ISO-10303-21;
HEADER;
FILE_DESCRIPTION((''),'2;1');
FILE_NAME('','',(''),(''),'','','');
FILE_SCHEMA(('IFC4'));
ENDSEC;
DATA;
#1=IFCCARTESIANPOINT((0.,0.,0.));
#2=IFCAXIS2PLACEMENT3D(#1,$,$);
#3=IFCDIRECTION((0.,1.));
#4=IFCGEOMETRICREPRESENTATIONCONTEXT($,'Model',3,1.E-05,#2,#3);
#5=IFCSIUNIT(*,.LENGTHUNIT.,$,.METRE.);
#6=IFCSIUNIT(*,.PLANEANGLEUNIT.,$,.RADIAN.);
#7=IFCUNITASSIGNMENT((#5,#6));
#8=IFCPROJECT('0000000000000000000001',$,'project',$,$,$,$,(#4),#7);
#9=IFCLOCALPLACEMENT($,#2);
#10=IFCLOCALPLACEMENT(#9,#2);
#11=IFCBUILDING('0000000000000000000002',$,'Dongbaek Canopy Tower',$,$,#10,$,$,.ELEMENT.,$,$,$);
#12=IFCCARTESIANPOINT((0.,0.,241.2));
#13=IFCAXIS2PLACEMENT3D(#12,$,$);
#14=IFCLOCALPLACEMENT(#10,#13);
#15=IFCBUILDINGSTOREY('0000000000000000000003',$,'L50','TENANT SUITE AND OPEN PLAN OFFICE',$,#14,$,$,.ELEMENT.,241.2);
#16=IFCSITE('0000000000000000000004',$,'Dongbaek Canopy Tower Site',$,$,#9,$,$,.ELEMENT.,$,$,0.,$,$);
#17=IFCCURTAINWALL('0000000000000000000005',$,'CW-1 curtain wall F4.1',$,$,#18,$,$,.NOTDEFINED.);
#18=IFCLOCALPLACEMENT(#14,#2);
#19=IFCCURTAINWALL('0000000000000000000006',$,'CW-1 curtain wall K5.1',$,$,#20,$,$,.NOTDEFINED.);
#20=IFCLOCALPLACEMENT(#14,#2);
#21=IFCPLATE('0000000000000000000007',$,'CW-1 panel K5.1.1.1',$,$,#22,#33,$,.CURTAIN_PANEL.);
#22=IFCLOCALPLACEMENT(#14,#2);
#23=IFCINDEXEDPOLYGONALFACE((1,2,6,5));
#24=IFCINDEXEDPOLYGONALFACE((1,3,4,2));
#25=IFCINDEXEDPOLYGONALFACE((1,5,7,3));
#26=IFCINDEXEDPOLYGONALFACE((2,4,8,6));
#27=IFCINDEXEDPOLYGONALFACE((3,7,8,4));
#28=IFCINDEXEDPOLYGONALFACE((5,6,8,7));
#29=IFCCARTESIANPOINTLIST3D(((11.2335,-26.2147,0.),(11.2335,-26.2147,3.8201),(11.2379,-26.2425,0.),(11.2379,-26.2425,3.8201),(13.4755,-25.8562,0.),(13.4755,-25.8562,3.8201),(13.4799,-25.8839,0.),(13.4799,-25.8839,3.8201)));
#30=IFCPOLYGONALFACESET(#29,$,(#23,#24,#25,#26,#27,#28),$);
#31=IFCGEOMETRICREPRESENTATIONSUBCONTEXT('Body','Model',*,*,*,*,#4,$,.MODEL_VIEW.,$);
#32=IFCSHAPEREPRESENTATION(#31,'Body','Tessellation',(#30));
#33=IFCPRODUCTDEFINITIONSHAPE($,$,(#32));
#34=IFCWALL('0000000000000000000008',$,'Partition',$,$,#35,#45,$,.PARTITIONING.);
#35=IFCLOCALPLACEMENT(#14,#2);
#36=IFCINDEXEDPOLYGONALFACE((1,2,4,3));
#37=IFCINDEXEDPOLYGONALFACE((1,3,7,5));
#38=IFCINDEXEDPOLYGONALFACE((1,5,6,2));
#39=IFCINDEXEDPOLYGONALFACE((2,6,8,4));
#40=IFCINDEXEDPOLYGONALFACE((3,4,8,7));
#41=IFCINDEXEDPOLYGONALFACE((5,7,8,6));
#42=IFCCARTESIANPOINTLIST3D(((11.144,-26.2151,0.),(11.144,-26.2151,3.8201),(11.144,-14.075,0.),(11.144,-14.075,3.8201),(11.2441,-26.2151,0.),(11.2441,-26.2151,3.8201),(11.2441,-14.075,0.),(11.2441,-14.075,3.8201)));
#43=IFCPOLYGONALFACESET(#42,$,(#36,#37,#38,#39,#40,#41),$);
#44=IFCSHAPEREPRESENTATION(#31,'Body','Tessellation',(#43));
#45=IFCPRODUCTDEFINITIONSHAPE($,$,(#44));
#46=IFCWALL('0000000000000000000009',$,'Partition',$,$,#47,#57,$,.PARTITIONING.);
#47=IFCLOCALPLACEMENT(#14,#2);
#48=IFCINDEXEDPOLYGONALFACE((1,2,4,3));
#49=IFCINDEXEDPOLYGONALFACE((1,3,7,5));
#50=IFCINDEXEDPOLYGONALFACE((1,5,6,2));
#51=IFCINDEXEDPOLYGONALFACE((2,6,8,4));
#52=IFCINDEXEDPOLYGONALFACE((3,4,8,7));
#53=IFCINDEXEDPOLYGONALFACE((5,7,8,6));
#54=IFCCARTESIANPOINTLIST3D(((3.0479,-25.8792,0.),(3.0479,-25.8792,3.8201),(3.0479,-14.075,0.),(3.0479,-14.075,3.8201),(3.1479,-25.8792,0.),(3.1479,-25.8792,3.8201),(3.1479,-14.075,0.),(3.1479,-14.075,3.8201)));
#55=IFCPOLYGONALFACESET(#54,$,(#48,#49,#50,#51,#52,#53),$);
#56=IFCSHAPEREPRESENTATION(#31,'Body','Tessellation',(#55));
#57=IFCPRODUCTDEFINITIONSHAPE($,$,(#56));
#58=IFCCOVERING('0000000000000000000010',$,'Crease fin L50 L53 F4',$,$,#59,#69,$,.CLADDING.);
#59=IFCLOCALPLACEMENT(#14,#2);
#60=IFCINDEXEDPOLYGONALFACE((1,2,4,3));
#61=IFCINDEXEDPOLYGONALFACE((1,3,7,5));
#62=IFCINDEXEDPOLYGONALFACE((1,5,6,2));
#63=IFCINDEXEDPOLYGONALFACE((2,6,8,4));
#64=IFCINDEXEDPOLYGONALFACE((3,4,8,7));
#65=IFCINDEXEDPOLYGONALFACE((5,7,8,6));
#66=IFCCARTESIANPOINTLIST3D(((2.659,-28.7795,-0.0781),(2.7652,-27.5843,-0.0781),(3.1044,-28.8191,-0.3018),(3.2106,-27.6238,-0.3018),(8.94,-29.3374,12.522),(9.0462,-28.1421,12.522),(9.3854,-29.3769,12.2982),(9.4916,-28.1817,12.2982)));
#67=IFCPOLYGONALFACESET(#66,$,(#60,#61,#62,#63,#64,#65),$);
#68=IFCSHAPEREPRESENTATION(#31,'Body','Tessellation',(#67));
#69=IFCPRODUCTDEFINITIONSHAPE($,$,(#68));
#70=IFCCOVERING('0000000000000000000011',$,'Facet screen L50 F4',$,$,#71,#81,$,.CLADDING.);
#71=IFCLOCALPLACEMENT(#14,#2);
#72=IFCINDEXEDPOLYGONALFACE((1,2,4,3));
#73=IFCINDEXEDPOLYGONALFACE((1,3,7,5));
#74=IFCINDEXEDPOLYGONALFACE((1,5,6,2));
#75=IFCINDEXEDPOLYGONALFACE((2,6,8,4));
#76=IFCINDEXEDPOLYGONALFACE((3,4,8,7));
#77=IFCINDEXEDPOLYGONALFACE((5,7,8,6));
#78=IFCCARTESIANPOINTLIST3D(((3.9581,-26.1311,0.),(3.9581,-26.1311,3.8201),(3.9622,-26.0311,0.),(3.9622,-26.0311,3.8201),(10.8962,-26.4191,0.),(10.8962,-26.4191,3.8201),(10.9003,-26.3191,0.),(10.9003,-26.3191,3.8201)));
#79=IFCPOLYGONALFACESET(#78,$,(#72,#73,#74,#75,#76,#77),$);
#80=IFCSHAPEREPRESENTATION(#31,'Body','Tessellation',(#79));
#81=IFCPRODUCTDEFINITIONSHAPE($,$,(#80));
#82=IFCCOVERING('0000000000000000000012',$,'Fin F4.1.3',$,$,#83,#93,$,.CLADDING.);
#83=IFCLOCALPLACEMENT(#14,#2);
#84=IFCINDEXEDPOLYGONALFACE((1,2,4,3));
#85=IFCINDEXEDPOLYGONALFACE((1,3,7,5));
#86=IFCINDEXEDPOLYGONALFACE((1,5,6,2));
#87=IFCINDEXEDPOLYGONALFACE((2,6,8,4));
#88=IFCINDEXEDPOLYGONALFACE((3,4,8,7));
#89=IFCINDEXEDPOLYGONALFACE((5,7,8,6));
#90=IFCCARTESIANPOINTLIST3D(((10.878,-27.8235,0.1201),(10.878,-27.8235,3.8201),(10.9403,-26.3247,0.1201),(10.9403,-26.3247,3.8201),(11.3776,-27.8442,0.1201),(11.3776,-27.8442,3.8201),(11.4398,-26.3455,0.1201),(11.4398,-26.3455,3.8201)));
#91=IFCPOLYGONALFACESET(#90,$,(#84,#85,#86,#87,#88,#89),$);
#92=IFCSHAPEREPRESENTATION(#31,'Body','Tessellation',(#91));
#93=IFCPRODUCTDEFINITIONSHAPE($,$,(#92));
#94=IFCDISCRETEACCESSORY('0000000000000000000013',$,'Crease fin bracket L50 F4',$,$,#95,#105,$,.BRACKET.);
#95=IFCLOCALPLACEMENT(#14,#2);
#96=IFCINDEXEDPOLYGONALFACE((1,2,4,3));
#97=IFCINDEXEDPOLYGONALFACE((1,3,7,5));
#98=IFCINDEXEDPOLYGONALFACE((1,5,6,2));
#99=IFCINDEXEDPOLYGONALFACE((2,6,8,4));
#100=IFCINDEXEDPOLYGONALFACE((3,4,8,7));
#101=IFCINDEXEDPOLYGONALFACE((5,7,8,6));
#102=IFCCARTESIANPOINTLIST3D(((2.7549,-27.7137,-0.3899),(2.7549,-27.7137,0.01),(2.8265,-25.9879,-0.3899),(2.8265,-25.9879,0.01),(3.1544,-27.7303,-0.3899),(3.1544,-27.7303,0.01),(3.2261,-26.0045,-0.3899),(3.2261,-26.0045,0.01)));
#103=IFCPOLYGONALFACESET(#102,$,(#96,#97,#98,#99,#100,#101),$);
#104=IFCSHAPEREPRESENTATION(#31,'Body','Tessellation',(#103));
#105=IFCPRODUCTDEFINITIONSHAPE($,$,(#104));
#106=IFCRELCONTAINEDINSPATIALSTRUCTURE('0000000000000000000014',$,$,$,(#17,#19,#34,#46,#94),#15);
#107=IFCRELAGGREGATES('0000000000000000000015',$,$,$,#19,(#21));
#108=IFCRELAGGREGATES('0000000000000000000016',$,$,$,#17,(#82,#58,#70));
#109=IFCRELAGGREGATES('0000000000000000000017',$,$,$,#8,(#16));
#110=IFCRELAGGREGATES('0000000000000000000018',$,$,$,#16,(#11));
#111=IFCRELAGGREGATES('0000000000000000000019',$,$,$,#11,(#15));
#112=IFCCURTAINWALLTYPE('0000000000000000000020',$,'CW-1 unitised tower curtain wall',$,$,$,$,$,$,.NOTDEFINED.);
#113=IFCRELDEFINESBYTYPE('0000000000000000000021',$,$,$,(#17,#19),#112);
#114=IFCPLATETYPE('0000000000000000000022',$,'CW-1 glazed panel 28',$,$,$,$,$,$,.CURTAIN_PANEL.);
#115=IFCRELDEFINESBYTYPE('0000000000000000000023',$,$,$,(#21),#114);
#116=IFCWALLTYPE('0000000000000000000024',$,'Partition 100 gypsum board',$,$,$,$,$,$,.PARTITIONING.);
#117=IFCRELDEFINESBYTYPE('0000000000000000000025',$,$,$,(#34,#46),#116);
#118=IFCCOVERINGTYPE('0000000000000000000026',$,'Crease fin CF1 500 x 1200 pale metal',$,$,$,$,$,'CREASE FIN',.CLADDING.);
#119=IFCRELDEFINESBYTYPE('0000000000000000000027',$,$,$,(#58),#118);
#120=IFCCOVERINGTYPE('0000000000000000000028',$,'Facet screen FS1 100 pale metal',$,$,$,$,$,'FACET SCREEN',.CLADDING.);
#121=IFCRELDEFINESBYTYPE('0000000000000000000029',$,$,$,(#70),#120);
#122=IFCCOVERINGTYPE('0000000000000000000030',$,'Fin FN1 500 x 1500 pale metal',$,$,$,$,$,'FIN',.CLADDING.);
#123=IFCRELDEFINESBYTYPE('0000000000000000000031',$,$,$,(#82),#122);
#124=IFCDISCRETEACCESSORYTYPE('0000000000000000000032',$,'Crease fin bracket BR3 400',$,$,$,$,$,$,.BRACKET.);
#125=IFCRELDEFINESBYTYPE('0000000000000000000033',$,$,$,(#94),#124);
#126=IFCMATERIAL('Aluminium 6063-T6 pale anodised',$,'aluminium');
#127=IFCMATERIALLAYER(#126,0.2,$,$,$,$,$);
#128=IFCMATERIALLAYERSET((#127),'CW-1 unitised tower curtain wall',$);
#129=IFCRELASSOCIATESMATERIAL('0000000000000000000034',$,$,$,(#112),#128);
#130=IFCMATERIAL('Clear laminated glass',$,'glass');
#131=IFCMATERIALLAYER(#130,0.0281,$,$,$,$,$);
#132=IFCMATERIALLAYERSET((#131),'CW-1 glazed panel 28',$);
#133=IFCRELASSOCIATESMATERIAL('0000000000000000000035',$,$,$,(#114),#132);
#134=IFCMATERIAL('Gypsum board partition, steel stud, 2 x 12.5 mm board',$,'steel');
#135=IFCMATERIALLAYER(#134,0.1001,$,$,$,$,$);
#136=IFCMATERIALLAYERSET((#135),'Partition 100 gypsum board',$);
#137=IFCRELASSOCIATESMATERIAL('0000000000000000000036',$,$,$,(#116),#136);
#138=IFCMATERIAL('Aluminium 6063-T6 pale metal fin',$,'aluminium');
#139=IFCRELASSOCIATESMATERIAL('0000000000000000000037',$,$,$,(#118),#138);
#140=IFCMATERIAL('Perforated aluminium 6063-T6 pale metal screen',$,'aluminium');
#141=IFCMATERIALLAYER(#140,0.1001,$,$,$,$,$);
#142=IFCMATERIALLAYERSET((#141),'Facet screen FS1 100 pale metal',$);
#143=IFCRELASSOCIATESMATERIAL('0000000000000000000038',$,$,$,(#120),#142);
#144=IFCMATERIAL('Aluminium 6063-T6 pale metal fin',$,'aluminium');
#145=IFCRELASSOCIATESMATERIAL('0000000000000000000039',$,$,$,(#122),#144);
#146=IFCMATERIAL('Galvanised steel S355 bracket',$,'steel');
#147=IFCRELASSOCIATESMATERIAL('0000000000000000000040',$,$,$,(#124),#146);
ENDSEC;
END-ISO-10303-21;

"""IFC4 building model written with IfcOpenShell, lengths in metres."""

from ifc_helpers import new_model, si_unit, direction, frame, frame_2d, origin, origin_2d, place, context, subcontext, project, spatial, rectangle, extrude, material, layer, layer_set, material_profile, profile_set, type_object, element, aggregate, save


model = new_model("IFC4")

# Units and contexts
model_context = context("Model", 3, precision=1e-05, world=origin(), true_north=direction((0.0, 1.0)))
body_context = subcontext(model_context, "Body", "Model", "MODEL_VIEW")
ifc_project = project(units=[si_unit("LENGTHUNIT", "METRE"), si_unit("PLANEANGLEUNIT", "RADIAN")], contexts=[model_context])

# Site, building, storey
site_placement = place(None, origin())
site = spatial("IfcSite", under=ifc_project, at=site_placement, Name="Dongbaek Canopy Tower Site", CompositionType="ELEMENT", RefElevation=0.0)
building_placement = place(site_placement, origin())
building = spatial("IfcBuilding", under=site, at=building_placement, Name="Dongbaek Canopy Tower", CompositionType="ELEMENT")
storey_placement = place(building_placement, frame((0.0, 0.0, 241.2)))
storey = spatial("IfcBuildingStorey", under=building, at=storey_placement, Name="L50", Description="TENANT SUITE AND OPEN PLAN OFFICE", CompositionType="ELEMENT", Elevation=241.2)

# Curtain wall
ifc_material_1 = material(Name="Aluminium 6063-T6 pale anodised", Category="aluminium")
ifc_layer_1 = layer(ifc_material_1, 0.2)
ifc_layer_set_1 = layer_set([ifc_layer_1], Name="CW-1 unitised tower curtain wall")
curtain_wall_type = type_object("IfcCurtainWallType", Name="CW-1 unitised tower curtain wall", PredefinedType="NOTDEFINED", material=ifc_layer_set_1)
curtain_wall_1_placement = place(storey_placement, origin())
curtain_wall_1 = element("IfcCurtainWall", 1, at=curtain_wall_1_placement, inside=storey, type_object=curtain_wall_type, Name="CW-1 curtain wall F4.1", PredefinedType="NOTDEFINED")

# Curtain wall
curtain_wall_2_placement = place(storey_placement, origin())
curtain_wall_2 = element("IfcCurtainWall", 2, at=curtain_wall_2_placement, inside=storey, type_object=curtain_wall_type, Name="CW-1 curtain wall K5.1", PredefinedType="NOTDEFINED")

# Plate
ifc_material_2 = material(Name="Clear laminated glass", Category="glass")
ifc_layer_2 = layer(ifc_material_2, 0.0281)
ifc_layer_set_2 = layer_set([ifc_layer_2], Name="CW-1 glazed panel 28")
plate_type = type_object("IfcPlateType", Name="CW-1 glazed panel 28", PredefinedType="CURTAIN_PANEL", material=ifc_layer_set_2)
plate_1_placement = place(storey_placement, frame((12.3567, -26.0493, 0.0), z_axis=(0.0, 0.0, 1.0), x_axis=(0.987452, 0.157918, 0.0)))
plate_1 = element("IfcPlate", 3, at=plate_1_placement, type_object=plate_type, Name="CW-1 panel K5.1.1.1", PredefinedType="CURTAIN_PANEL", context=body_context, shape_type="SweptSolid", body=[
    extrude(rectangle(XDim=2.2705, YDim=0.0281, at=origin_2d()), origin(), (0.0, 0.0, 1.0), 3.8201),
])
aggregate(curtain_wall_2, [plate_1])

# Walls
ifc_material_3 = material(Name="Gypsum board partition, steel stud, 2 x 12.5 mm board", Category="steel")
ifc_layer_3 = layer(ifc_material_3, 0.1001)
ifc_layer_set_3 = layer_set([ifc_layer_3], Name="Partition 100 gypsum board")
wall_type = type_object("IfcWallType", Name="Partition 100 gypsum board", PredefinedType="PARTITIONING", material=ifc_layer_set_3)
wall_1_placement = place(storey_placement, frame((11.1941, -26.2151, 0.0), z_axis=(0.0, 0.0, 1.0), x_axis=(0.0, 1.0, 0.0)))
element("IfcWall", 4, at=wall_1_placement, inside=storey, type_object=wall_type, Name="Partition", PredefinedType="PARTITIONING", context=body_context, shape_type="SweptSolid", body=[
    extrude(rectangle(XDim=12.1401, YDim=0.1001, at=frame_2d((6.0701, 0.0))), origin(), (0.0, 0.0, 1.0), 3.8201),
])
wall_2_placement = place(storey_placement, frame((3.0979, -25.8792, 0.0), z_axis=(0.0, 0.0, 1.0), x_axis=(0.0, 1.0, 0.0)))
element("IfcWall", 5, at=wall_2_placement, inside=storey, type_object=wall_type, Name="Partition", PredefinedType="PARTITIONING", context=body_context, shape_type="SweptSolid", body=[
    extrude(rectangle(XDim=11.8042, YDim=0.1001, at=frame_2d((5.9021, 0.0))), origin(), (0.0, 0.0, 1.0), 3.8201),
])

# Coverings
ifc_material_4 = material(Name="Aluminium 6063-T6 pale metal fin", Category="aluminium")
ifc_material_profile_1 = material_profile(ifc_material_4, rectangle(XDim=1.2, YDim=0.5, at=origin_2d()), Name="Crease fin CF1 500 x 1200 pale metal")
ifc_profile_set_1 = profile_set([ifc_material_profile_1], Name="Aluminium 6063-T6 pale metal fin")
covering_type_1 = type_object("IfcCoveringType", Name="Crease fin CF1 500 x 1200 pale metal", ElementType="CREASE FIN", PredefinedType="CLADDING", material=ifc_profile_set_1)
covering_1_placement = place(storey_placement, frame((2.9348, -28.2017, -0.1899), z_axis=(0.445781, -0.039593, 0.894266), x_axis=(0.088469, 0.996079, 0.0)))
covering_1 = element("IfcCovering", 6, at=covering_1_placement, type_object=covering_type_1, Name="Crease fin L50 L53 F4", PredefinedType="CLADDING", context=body_context, shape_type="SweptSolid", body=[
    extrude(rectangle(XDim=1.2, YDim=0.5, at=origin_2d()), origin(), (0.0, 0.0, 1.0), 14.0898),
])
ifc_material_5 = material(Name="Perforated aluminium 6063-T6 pale metal screen", Category="aluminium")
ifc_layer_4 = layer(ifc_material_5, 0.1001)
ifc_layer_set_4 = layer_set([ifc_layer_4], Name="Facet screen FS1 100 pale metal")
covering_type_2 = type_object("IfcCoveringType", Name="Facet screen FS1 100 pale metal", ElementType="FACET SCREEN", PredefinedType="CLADDING", material=ifc_layer_set_4)
covering_2_placement = place(storey_placement, frame((7.4292, -26.2251, 0.0), z_axis=(0.0, 0.0, 1.0), x_axis=(0.999139, -0.041482, 0.0)))
covering_2 = element("IfcCovering", 7, at=covering_2_placement, type_object=covering_type_2, Name="Facet screen L50 F4", PredefinedType="CLADDING", context=body_context, shape_type="SweptSolid", body=[
    extrude(rectangle(XDim=6.9441, YDim=0.1001, at=origin_2d()), origin(), (0.0, 0.0, 1.0), 3.8201),
])
ifc_material_6 = material(Name="Aluminium 6063-T6 pale metal fin", Category="aluminium")
ifc_material_profile_2 = material_profile(ifc_material_6, rectangle(XDim=1.5, YDim=0.5, at=origin_2d()), Name="Fin FN1 500 x 1500 pale metal")
ifc_profile_set_2 = profile_set([ifc_material_profile_2], Name="Aluminium 6063-T6 pale metal fin")
covering_type_3 = type_object("IfcCoveringType", Name="Fin FN1 500 x 1500 pale metal", ElementType="FIN", PredefinedType="CLADDING", material=ifc_profile_set_2)
covering_3_placement = place(storey_placement, frame((11.1589, -27.0845, 0.1201), z_axis=(0.0, 0.0, 1.0), x_axis=(-0.041481, -0.999139, 0.0)))
covering_3 = element("IfcCovering", 8, at=covering_3_placement, type_object=covering_type_3, Name="Fin F4.1.3", PredefinedType="CLADDING", context=body_context, shape_type="SweptSolid", body=[
    extrude(rectangle(XDim=1.5, YDim=0.5, at=origin_2d()), origin(), (0.0, 0.0, 1.0), 3.7),
])
aggregate(curtain_wall_1, [covering_3, covering_1, covering_2])

# Discrete accessory
ifc_material_7 = material(Name="Galvanised steel S355 bracket", Category="steel")
discrete_accessory_type = type_object("IfcDiscreteAccessoryType", Name="Crease fin bracket BR3 400", PredefinedType="BRACKET", material=ifc_material_7)
discrete_accessory_placement = place(storey_placement, frame((2.9905, -26.8591, -0.3899), z_axis=(0.0, 0.0, 1.0), x_axis=(-0.041482, -0.999139, 0.0)))
element("IfcDiscreteAccessory", 9, at=discrete_accessory_placement, inside=storey, type_object=discrete_accessory_type, Name="Crease fin bracket L50 F4", PredefinedType="BRACKET", context=body_context, shape_type="SweptSolid", body=[
    extrude(rectangle(XDim=1.7273, YDim=0.3999, at=origin_2d()), origin(), (0.0, 0.0, 1.0), 0.3999),
])

save(model, "model.ifc")
